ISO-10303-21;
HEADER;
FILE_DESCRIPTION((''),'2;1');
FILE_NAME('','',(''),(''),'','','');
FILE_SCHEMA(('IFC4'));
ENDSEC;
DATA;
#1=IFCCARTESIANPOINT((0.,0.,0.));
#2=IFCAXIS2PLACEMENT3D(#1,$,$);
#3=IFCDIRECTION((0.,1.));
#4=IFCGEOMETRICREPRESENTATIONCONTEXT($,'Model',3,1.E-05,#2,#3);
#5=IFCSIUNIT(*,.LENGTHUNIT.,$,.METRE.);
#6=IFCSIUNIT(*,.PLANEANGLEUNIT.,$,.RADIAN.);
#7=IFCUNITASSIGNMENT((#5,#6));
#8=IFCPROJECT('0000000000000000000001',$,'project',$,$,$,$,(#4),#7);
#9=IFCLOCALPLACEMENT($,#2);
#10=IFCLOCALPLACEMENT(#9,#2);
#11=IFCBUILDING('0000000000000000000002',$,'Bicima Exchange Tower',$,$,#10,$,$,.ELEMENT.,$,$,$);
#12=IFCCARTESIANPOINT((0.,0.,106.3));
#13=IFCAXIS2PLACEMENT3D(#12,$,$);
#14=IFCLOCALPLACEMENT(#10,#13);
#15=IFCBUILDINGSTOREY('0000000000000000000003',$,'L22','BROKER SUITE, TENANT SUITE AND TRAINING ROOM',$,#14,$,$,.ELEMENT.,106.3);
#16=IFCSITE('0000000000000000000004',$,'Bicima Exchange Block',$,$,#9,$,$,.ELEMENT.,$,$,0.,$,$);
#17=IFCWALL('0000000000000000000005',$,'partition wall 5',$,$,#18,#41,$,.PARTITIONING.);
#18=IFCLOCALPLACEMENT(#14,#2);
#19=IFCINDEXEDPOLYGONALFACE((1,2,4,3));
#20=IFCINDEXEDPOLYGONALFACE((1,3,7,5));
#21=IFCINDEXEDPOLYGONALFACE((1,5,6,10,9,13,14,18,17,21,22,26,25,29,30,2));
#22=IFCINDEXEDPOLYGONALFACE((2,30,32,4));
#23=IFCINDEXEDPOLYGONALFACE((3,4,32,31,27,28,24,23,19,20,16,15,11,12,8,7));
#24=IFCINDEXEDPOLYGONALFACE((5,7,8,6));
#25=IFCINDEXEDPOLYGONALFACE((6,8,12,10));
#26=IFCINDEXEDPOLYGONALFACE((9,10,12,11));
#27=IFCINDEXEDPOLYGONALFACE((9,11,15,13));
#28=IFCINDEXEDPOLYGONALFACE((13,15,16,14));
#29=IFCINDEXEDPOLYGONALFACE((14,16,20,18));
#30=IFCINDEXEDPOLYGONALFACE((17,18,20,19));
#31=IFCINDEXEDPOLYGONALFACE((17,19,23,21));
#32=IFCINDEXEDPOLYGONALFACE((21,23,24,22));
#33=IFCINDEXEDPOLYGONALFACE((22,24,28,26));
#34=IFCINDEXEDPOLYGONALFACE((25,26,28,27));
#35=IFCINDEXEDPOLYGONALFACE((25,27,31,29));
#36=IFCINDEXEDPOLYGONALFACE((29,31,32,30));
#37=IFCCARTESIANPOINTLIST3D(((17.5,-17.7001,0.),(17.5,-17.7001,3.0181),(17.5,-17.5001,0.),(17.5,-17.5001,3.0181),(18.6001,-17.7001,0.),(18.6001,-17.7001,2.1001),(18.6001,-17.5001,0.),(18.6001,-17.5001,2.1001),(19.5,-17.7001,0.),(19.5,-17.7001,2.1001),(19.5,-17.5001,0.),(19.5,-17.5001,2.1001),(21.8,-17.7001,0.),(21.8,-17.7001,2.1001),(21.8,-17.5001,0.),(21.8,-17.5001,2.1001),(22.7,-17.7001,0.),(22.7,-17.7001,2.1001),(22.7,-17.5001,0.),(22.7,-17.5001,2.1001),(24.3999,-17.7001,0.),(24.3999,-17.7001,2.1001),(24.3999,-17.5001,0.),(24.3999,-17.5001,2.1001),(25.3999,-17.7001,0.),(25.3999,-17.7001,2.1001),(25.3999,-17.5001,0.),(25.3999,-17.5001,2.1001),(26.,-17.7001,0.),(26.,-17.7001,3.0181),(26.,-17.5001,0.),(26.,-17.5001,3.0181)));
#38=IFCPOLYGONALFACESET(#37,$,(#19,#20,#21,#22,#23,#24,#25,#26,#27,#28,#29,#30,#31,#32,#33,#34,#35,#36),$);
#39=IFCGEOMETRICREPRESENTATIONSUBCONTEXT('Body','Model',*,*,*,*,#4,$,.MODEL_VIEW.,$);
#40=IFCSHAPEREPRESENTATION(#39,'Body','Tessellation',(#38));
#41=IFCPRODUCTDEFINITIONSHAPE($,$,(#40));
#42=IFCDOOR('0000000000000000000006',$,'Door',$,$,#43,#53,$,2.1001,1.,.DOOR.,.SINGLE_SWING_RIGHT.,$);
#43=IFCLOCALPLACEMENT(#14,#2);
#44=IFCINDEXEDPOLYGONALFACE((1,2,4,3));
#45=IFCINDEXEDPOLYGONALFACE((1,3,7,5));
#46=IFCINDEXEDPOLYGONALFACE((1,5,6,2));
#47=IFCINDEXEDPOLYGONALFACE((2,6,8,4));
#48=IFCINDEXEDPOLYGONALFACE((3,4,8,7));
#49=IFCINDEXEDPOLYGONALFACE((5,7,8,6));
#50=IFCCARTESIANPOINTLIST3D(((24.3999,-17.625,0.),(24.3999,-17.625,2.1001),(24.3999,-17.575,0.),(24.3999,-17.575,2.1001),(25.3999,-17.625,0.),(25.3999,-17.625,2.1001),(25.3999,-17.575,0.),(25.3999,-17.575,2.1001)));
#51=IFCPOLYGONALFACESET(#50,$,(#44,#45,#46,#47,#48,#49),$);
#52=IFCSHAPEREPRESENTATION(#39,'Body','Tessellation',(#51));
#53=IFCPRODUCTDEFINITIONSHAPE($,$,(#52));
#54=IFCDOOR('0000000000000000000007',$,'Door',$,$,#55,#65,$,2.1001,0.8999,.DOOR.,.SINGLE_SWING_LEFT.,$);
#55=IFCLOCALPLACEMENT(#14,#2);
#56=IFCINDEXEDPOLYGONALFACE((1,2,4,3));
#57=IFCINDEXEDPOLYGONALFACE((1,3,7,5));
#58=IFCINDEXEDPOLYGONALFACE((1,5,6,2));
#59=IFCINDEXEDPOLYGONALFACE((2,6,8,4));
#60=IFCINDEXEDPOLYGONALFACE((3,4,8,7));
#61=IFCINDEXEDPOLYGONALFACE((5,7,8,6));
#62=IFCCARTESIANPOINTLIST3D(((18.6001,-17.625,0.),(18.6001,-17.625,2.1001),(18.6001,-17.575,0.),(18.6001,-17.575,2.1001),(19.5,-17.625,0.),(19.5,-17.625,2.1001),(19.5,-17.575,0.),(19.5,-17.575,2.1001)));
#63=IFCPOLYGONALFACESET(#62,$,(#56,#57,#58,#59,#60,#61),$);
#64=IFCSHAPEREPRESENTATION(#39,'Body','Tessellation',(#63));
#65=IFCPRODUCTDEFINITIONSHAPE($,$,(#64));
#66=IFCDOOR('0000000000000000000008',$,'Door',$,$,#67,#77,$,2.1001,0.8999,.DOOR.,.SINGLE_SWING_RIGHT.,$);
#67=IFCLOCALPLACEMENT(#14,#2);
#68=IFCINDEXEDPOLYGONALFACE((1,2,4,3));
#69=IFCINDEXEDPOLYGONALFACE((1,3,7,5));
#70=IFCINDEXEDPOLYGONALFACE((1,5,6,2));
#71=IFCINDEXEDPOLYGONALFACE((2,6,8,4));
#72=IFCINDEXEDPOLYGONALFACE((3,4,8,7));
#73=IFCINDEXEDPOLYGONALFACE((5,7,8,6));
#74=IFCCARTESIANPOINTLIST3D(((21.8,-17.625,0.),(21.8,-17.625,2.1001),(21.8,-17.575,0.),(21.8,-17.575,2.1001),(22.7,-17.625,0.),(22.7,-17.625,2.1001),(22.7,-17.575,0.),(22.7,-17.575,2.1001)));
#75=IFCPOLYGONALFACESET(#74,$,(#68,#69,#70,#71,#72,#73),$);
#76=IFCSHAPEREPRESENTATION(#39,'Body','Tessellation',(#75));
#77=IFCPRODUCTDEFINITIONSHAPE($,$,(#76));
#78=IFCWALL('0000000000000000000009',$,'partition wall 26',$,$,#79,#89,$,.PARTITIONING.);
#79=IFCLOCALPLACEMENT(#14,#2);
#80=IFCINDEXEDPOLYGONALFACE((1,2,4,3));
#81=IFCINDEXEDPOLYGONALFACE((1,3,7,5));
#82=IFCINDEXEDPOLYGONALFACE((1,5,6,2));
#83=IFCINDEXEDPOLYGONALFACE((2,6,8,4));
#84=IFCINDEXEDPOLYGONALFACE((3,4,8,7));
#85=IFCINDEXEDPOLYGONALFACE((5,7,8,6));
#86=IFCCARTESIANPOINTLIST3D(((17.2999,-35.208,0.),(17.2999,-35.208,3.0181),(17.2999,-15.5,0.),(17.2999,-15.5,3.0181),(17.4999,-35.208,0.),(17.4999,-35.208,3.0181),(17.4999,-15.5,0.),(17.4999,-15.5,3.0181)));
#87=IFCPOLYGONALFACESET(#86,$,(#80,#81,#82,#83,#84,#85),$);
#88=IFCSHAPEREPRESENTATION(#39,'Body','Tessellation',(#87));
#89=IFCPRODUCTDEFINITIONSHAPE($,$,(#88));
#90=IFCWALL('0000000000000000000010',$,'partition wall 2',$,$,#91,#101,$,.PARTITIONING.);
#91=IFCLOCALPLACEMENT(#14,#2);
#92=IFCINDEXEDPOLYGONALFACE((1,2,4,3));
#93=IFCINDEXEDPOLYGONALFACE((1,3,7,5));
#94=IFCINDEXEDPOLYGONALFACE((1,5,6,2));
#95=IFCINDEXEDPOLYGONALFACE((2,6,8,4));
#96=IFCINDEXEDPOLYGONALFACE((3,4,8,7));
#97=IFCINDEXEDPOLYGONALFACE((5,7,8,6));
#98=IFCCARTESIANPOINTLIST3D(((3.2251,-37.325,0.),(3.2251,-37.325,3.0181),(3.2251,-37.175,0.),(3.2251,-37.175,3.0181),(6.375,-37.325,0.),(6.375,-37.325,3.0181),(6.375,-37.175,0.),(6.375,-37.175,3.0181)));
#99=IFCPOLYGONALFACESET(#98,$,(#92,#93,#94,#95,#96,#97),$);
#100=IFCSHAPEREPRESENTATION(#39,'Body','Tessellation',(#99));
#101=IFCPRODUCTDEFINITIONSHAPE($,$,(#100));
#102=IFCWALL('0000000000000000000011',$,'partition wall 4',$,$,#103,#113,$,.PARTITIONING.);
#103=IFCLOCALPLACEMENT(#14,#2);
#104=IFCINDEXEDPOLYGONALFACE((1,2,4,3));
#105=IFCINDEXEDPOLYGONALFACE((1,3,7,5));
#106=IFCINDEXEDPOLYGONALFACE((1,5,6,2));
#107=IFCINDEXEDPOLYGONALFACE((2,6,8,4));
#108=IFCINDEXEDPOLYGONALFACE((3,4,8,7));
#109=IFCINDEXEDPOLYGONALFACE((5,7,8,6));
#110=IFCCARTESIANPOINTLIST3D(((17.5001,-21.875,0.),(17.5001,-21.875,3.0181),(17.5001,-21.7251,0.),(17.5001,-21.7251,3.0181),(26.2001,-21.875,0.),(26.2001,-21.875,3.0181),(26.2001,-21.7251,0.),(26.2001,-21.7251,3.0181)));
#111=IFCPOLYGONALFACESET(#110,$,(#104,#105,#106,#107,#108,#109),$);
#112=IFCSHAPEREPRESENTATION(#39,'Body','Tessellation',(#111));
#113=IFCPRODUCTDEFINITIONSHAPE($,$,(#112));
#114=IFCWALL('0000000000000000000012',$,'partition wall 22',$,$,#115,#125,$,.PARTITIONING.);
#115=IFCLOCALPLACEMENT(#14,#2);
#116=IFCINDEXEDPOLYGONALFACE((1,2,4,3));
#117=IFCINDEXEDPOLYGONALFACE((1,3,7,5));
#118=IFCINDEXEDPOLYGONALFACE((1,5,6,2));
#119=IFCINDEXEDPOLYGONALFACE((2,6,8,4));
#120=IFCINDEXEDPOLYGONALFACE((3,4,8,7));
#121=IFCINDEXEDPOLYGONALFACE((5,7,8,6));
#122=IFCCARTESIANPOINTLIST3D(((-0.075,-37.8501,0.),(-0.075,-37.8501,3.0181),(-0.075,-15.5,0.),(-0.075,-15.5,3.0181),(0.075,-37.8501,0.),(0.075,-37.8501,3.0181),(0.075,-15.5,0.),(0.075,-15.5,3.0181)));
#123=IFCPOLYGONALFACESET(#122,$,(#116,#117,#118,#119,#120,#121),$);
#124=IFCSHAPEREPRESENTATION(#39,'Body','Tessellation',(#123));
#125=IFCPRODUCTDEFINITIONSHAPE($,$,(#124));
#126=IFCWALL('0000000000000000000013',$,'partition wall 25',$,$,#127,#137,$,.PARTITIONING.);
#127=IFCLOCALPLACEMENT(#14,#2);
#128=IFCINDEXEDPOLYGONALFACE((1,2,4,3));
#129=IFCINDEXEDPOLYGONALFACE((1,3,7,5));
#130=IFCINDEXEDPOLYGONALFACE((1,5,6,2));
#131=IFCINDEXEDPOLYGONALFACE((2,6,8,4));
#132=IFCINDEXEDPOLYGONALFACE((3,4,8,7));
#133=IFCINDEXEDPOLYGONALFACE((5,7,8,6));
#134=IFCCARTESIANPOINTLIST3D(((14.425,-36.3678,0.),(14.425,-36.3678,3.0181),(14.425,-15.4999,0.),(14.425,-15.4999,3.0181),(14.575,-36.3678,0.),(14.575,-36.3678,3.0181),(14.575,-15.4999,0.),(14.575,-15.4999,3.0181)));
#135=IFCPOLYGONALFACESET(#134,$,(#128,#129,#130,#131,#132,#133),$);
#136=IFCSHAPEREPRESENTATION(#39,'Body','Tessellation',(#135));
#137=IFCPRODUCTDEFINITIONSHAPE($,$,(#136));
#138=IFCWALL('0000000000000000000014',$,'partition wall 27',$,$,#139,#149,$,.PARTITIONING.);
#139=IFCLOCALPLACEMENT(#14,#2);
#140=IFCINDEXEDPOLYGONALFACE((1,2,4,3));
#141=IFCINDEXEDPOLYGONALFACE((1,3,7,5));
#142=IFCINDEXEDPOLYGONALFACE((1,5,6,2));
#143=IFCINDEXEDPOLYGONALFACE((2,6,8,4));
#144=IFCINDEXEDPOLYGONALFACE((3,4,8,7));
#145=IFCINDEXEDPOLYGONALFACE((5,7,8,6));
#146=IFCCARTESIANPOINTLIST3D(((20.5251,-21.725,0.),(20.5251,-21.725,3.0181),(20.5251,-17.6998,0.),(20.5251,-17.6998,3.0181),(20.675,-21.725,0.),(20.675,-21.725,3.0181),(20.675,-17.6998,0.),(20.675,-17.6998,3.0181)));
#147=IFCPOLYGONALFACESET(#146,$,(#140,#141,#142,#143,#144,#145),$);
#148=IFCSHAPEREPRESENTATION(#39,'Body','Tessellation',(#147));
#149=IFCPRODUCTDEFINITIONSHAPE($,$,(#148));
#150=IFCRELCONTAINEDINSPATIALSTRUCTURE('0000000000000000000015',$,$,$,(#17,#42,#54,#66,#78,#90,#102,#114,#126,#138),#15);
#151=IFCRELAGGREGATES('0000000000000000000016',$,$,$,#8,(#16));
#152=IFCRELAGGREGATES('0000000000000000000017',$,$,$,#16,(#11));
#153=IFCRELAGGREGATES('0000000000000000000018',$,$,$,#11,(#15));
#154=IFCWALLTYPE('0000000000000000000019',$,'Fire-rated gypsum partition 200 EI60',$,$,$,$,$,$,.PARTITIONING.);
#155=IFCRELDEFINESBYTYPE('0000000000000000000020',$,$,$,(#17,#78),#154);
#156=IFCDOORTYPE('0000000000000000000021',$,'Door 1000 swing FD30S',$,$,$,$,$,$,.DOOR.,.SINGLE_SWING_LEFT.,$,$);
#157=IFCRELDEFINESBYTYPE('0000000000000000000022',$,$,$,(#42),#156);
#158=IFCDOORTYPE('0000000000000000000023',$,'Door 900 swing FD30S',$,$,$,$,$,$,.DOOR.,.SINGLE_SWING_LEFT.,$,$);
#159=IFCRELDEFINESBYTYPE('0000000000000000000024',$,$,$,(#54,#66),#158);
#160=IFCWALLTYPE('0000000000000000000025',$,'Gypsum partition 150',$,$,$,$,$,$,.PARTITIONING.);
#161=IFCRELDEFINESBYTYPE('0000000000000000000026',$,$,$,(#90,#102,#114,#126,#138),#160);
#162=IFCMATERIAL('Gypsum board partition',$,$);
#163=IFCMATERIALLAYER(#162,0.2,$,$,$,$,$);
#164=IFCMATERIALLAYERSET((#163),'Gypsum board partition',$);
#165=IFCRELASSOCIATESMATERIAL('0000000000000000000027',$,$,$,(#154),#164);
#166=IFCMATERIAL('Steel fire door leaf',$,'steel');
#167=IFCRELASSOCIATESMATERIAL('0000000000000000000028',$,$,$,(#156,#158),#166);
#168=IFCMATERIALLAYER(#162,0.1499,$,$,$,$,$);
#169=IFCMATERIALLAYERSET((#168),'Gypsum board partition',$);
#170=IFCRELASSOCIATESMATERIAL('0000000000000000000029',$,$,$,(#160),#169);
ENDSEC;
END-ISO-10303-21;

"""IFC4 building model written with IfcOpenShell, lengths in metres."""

from ifc_helpers import new_model, si_unit, direction, frame, frame_2d, origin, place, context, subcontext, project, spatial, rectangle, extrude, material, layer, layer_set, type_object, element, fill, save


model = new_model("IFC4")

# Units and contexts
model_context = context("Model", 3, precision=1e-05, world=origin(), true_north=direction((0.0, 1.0)))
body_context = subcontext(model_context, "Body", "Model", "MODEL_VIEW")
ifc_project = project(units=[si_unit("LENGTHUNIT", "METRE"), si_unit("PLANEANGLEUNIT", "RADIAN")], contexts=[model_context])

# Site, building, storey
site_placement = place(None, origin())
site = spatial("IfcSite", under=ifc_project, at=site_placement, Name="Bicima Exchange Block", CompositionType="ELEMENT", RefElevation=0.0)
building_placement = place(site_placement, origin())
building = spatial("IfcBuilding", under=site, at=building_placement, Name="Bicima Exchange Tower", CompositionType="ELEMENT")
storey_placement = place(building_placement, frame((0.0, 0.0, 106.3)))
storey = spatial("IfcBuildingStorey", under=building, at=storey_placement, Name="L22", Description="BROKER SUITE, TENANT SUITE AND TRAINING ROOM", CompositionType="ELEMENT", Elevation=106.3)

# Wall, openings, doors
ifc_material_1 = material(Name="Gypsum board partition")
ifc_layer_1 = layer(ifc_material_1, 0.2)
ifc_layer_set_1 = layer_set([ifc_layer_1], Name="Gypsum board partition")
wall_type_1 = type_object("IfcWallType", Name="Fire-rated gypsum partition 200 EI60", PredefinedType="PARTITIONING", material=ifc_layer_set_1)
wall_1_placement = place(storey_placement, frame((17.5, -17.6001, 0.0), z_axis=(0.0, 0.0, 1.0), x_axis=(1.0, 0.0, 0.0)))
wall_1 = element("IfcWall", 1, at=wall_1_placement, inside=storey, type_object=wall_type_1, Name="partition wall 5", PredefinedType="PARTITIONING", context=body_context, shape_type="SweptSolid", body=[
    extrude(rectangle(XDim=8.5, YDim=0.2, at=frame_2d((4.25, 0.0))), origin(), (0.0, 0.0, 1.0), 3.0181),
])
opening_1_placement = place(wall_1_placement, frame((1.1001, 0.0, 0.0)))
opening_1 = element("IfcOpeningElement", 2, at=opening_1_placement, cuts=wall_1, PredefinedType="OPENING", context=body_context, shape_type="SweptSolid", body=[
    extrude(rectangle(XDim=0.8999, YDim=2.1001, at=frame_2d((0.45, 1.05))), frame((0.0, 0.1118, 0.0), z_axis=(0.0, -1.0, 0.0), x_axis=(1.0, 0.0, 0.0)), (0.0, 0.0, 1.0), 0.2239),
])
opening_2_placement = place(wall_1_placement, frame((4.3, 0.0, 0.0)))
opening_2 = element("IfcOpeningElement", 3, at=opening_2_placement, cuts=wall_1, PredefinedType="OPENING", context=body_context, shape_type="SweptSolid", body=[
    extrude(rectangle(XDim=0.8999, YDim=2.1001, at=frame_2d((0.45, 1.05))), frame((0.0, 0.1118, 0.0), z_axis=(0.0, -1.0, 0.0), x_axis=(1.0, 0.0, 0.0)), (0.0, 0.0, 1.0), 0.2239),
])
opening_3_placement = place(wall_1_placement, frame((6.8999, 0.0, 0.0)))
opening_3 = element("IfcOpeningElement", 4, at=opening_3_placement, cuts=wall_1, PredefinedType="OPENING", context=body_context, shape_type="SweptSolid", body=[
    extrude(rectangle(XDim=1.0, YDim=2.1001, at=frame_2d((0.5, 1.05))), frame((0.0, 0.1118, 0.0), z_axis=(0.0, -1.0, 0.0), x_axis=(1.0, 0.0, 0.0)), (0.0, 0.0, 1.0), 0.2239),
])
ifc_material_2 = material(Name="Steel fire door leaf", Category="steel")
door_type_1 = type_object("IfcDoorType", Name="Door 1000 swing FD30S", OperationType="SINGLE_SWING_LEFT", PredefinedType="DOOR", material=ifc_material_2)
door_1_placement = place(opening_3_placement, frame((1.0, 0.0, 0.0), z_axis=(0.0, 0.0, 1.0), x_axis=(-1.0, 0.0, 0.0)))
door_1 = element("IfcDoor", 5, at=door_1_placement, inside=storey, type_object=door_type_1, Name="Door", OperationType="SINGLE_SWING_RIGHT", OverallHeight=2.1001, OverallWidth=1.0, PredefinedType="DOOR", context=body_context, shape_type="SweptSolid", body=[
    extrude(rectangle(XDim=1.0, YDim=2.1001, at=frame_2d((0.5, 1.05))), frame((0.0, 0.0249, 0.0), z_axis=(0.0, -1.0, 0.0), x_axis=(1.0, 0.0, 0.0)), (0.0, 0.0, 1.0), 0.05),
])
fill(opening_3, door_1)
door_type_2 = type_object("IfcDoorType", Name="Door 900 swing FD30S", OperationType="SINGLE_SWING_LEFT", PredefinedType="DOOR", material=ifc_material_2)
door_2_placement = place(opening_1_placement, frame((0.8999, 0.0, 0.0), z_axis=(0.0, 0.0, 1.0), x_axis=(-1.0, 0.0, 0.0)))
door_2 = element("IfcDoor", 6, at=door_2_placement, inside=storey, type_object=door_type_2, Name="Door", OperationType="SINGLE_SWING_LEFT", OverallHeight=2.1001, OverallWidth=0.8999, PredefinedType="DOOR", context=body_context, shape_type="SweptSolid", body=[
    extrude(rectangle(XDim=0.8999, YDim=2.1001, at=frame_2d((0.45, 1.05))), frame((0.0, 0.0249, 0.0), z_axis=(0.0, -1.0, 0.0), x_axis=(1.0, 0.0, 0.0)), (0.0, 0.0, 1.0), 0.05),
])
fill(opening_1, door_2)
door_3_placement = place(opening_2_placement, frame((0.8999, 0.0, 0.0), z_axis=(0.0, 0.0, 1.0), x_axis=(-1.0, 0.0, 0.0)))
door_3 = element("IfcDoor", 7, at=door_3_placement, inside=storey, type_object=door_type_2, Name="Door", OperationType="SINGLE_SWING_RIGHT", OverallHeight=2.1001, OverallWidth=0.8999, PredefinedType="DOOR", context=body_context, shape_type="SweptSolid", body=[
    extrude(rectangle(XDim=0.8999, YDim=2.1001, at=frame_2d((0.45, 1.05))), frame((0.0, 0.0249, 0.0), z_axis=(0.0, -1.0, 0.0), x_axis=(1.0, 0.0, 0.0)), (0.0, 0.0, 1.0), 0.05),
])
fill(opening_2, door_3)

# Walls
wall_2_placement = place(storey_placement, frame((17.3999, -35.208, 0.0), z_axis=(0.0, 0.0, 1.0), x_axis=(0.0, 1.0, 0.0)))
element("IfcWall", 8, at=wall_2_placement, inside=storey, type_object=wall_type_1, Name="partition wall 26", PredefinedType="PARTITIONING", context=body_context, shape_type="SweptSolid", body=[
    extrude(rectangle(XDim=19.708, YDim=0.2, at=frame_2d((9.854, 0.0))), origin(), (0.0, 0.0, 1.0), 3.0181),
])
ifc_layer_2 = layer(ifc_material_1, 0.1499)
ifc_layer_set_2 = layer_set([ifc_layer_2], Name="Gypsum board partition")
wall_type_2 = type_object("IfcWallType", Name="Gypsum partition 150", PredefinedType="PARTITIONING", material=ifc_layer_set_2)
wall_3_placement = place(storey_placement, frame((3.2251, -37.25, 0.0), z_axis=(0.0, 0.0, 1.0), x_axis=(1.0, 0.0, 0.0)))
element("IfcWall", 9, at=wall_3_placement, inside=storey, type_object=wall_type_2, Name="partition wall 2", PredefinedType="PARTITIONING", context=body_context, shape_type="SweptSolid", body=[
    extrude(rectangle(XDim=3.1499, YDim=0.1499, at=frame_2d((1.575, 0.0))), origin(), (0.0, 0.0, 1.0), 3.0181),
])
wall_4_placement = place(storey_placement, frame((17.5, -21.8, 0.0), z_axis=(0.0, 0.0, 1.0), x_axis=(1.0, 0.0, 0.0)))
element("IfcWall", 10, at=wall_4_placement, inside=storey, type_object=wall_type_2, Name="partition wall 4", PredefinedType="PARTITIONING", context=body_context, shape_type="SweptSolid", body=[
    extrude(rectangle(XDim=8.7, YDim=0.1499, at=frame_2d((4.3501, 0.0))), origin(), (0.0, 0.0, 1.0), 3.0181),
])
wall_5_placement = place(storey_placement, frame((0.0, -37.8501, 0.0), z_axis=(0.0, 0.0, 1.0), x_axis=(0.0, 1.0, 0.0)))
element("IfcWall", 11, at=wall_5_placement, inside=storey, type_object=wall_type_2, Name="partition wall 22", PredefinedType="PARTITIONING", context=body_context, shape_type="SweptSolid", body=[
    extrude(rectangle(XDim=22.3501, YDim=0.1499, at=frame_2d((11.175, 0.0))), origin(), (0.0, 0.0, 1.0), 3.0181),
])
wall_6_placement = place(storey_placement, frame((14.5, -36.3679, 0.0), z_axis=(0.0, 0.0, 1.0), x_axis=(0.0, 1.0, 0.0)))
element("IfcWall", 12, at=wall_6_placement, inside=storey, type_object=wall_type_2, Name="partition wall 25", PredefinedType="PARTITIONING", context=body_context, shape_type="SweptSolid", body=[
    extrude(rectangle(XDim=20.8679, YDim=0.1499, at=frame_2d((10.4341, 0.0))), origin(), (0.0, 0.0, 1.0), 3.0181),
])
wall_7_placement = place(storey_placement, frame((20.6001, -21.7251, 0.0), z_axis=(0.0, 0.0, 1.0), x_axis=(0.0, 1.0, 0.0)))
element("IfcWall", 13, at=wall_7_placement, inside=storey, type_object=wall_type_2, Name="partition wall 27", PredefinedType="PARTITIONING", context=body_context, shape_type="SweptSolid", body=[
    extrude(rectangle(XDim=4.0251, YDim=0.1499, at=frame_2d((2.0127, 0.0))), origin(), (0.0, 0.0, 1.0), 3.0181),
])

save(model, "model.ifc")
